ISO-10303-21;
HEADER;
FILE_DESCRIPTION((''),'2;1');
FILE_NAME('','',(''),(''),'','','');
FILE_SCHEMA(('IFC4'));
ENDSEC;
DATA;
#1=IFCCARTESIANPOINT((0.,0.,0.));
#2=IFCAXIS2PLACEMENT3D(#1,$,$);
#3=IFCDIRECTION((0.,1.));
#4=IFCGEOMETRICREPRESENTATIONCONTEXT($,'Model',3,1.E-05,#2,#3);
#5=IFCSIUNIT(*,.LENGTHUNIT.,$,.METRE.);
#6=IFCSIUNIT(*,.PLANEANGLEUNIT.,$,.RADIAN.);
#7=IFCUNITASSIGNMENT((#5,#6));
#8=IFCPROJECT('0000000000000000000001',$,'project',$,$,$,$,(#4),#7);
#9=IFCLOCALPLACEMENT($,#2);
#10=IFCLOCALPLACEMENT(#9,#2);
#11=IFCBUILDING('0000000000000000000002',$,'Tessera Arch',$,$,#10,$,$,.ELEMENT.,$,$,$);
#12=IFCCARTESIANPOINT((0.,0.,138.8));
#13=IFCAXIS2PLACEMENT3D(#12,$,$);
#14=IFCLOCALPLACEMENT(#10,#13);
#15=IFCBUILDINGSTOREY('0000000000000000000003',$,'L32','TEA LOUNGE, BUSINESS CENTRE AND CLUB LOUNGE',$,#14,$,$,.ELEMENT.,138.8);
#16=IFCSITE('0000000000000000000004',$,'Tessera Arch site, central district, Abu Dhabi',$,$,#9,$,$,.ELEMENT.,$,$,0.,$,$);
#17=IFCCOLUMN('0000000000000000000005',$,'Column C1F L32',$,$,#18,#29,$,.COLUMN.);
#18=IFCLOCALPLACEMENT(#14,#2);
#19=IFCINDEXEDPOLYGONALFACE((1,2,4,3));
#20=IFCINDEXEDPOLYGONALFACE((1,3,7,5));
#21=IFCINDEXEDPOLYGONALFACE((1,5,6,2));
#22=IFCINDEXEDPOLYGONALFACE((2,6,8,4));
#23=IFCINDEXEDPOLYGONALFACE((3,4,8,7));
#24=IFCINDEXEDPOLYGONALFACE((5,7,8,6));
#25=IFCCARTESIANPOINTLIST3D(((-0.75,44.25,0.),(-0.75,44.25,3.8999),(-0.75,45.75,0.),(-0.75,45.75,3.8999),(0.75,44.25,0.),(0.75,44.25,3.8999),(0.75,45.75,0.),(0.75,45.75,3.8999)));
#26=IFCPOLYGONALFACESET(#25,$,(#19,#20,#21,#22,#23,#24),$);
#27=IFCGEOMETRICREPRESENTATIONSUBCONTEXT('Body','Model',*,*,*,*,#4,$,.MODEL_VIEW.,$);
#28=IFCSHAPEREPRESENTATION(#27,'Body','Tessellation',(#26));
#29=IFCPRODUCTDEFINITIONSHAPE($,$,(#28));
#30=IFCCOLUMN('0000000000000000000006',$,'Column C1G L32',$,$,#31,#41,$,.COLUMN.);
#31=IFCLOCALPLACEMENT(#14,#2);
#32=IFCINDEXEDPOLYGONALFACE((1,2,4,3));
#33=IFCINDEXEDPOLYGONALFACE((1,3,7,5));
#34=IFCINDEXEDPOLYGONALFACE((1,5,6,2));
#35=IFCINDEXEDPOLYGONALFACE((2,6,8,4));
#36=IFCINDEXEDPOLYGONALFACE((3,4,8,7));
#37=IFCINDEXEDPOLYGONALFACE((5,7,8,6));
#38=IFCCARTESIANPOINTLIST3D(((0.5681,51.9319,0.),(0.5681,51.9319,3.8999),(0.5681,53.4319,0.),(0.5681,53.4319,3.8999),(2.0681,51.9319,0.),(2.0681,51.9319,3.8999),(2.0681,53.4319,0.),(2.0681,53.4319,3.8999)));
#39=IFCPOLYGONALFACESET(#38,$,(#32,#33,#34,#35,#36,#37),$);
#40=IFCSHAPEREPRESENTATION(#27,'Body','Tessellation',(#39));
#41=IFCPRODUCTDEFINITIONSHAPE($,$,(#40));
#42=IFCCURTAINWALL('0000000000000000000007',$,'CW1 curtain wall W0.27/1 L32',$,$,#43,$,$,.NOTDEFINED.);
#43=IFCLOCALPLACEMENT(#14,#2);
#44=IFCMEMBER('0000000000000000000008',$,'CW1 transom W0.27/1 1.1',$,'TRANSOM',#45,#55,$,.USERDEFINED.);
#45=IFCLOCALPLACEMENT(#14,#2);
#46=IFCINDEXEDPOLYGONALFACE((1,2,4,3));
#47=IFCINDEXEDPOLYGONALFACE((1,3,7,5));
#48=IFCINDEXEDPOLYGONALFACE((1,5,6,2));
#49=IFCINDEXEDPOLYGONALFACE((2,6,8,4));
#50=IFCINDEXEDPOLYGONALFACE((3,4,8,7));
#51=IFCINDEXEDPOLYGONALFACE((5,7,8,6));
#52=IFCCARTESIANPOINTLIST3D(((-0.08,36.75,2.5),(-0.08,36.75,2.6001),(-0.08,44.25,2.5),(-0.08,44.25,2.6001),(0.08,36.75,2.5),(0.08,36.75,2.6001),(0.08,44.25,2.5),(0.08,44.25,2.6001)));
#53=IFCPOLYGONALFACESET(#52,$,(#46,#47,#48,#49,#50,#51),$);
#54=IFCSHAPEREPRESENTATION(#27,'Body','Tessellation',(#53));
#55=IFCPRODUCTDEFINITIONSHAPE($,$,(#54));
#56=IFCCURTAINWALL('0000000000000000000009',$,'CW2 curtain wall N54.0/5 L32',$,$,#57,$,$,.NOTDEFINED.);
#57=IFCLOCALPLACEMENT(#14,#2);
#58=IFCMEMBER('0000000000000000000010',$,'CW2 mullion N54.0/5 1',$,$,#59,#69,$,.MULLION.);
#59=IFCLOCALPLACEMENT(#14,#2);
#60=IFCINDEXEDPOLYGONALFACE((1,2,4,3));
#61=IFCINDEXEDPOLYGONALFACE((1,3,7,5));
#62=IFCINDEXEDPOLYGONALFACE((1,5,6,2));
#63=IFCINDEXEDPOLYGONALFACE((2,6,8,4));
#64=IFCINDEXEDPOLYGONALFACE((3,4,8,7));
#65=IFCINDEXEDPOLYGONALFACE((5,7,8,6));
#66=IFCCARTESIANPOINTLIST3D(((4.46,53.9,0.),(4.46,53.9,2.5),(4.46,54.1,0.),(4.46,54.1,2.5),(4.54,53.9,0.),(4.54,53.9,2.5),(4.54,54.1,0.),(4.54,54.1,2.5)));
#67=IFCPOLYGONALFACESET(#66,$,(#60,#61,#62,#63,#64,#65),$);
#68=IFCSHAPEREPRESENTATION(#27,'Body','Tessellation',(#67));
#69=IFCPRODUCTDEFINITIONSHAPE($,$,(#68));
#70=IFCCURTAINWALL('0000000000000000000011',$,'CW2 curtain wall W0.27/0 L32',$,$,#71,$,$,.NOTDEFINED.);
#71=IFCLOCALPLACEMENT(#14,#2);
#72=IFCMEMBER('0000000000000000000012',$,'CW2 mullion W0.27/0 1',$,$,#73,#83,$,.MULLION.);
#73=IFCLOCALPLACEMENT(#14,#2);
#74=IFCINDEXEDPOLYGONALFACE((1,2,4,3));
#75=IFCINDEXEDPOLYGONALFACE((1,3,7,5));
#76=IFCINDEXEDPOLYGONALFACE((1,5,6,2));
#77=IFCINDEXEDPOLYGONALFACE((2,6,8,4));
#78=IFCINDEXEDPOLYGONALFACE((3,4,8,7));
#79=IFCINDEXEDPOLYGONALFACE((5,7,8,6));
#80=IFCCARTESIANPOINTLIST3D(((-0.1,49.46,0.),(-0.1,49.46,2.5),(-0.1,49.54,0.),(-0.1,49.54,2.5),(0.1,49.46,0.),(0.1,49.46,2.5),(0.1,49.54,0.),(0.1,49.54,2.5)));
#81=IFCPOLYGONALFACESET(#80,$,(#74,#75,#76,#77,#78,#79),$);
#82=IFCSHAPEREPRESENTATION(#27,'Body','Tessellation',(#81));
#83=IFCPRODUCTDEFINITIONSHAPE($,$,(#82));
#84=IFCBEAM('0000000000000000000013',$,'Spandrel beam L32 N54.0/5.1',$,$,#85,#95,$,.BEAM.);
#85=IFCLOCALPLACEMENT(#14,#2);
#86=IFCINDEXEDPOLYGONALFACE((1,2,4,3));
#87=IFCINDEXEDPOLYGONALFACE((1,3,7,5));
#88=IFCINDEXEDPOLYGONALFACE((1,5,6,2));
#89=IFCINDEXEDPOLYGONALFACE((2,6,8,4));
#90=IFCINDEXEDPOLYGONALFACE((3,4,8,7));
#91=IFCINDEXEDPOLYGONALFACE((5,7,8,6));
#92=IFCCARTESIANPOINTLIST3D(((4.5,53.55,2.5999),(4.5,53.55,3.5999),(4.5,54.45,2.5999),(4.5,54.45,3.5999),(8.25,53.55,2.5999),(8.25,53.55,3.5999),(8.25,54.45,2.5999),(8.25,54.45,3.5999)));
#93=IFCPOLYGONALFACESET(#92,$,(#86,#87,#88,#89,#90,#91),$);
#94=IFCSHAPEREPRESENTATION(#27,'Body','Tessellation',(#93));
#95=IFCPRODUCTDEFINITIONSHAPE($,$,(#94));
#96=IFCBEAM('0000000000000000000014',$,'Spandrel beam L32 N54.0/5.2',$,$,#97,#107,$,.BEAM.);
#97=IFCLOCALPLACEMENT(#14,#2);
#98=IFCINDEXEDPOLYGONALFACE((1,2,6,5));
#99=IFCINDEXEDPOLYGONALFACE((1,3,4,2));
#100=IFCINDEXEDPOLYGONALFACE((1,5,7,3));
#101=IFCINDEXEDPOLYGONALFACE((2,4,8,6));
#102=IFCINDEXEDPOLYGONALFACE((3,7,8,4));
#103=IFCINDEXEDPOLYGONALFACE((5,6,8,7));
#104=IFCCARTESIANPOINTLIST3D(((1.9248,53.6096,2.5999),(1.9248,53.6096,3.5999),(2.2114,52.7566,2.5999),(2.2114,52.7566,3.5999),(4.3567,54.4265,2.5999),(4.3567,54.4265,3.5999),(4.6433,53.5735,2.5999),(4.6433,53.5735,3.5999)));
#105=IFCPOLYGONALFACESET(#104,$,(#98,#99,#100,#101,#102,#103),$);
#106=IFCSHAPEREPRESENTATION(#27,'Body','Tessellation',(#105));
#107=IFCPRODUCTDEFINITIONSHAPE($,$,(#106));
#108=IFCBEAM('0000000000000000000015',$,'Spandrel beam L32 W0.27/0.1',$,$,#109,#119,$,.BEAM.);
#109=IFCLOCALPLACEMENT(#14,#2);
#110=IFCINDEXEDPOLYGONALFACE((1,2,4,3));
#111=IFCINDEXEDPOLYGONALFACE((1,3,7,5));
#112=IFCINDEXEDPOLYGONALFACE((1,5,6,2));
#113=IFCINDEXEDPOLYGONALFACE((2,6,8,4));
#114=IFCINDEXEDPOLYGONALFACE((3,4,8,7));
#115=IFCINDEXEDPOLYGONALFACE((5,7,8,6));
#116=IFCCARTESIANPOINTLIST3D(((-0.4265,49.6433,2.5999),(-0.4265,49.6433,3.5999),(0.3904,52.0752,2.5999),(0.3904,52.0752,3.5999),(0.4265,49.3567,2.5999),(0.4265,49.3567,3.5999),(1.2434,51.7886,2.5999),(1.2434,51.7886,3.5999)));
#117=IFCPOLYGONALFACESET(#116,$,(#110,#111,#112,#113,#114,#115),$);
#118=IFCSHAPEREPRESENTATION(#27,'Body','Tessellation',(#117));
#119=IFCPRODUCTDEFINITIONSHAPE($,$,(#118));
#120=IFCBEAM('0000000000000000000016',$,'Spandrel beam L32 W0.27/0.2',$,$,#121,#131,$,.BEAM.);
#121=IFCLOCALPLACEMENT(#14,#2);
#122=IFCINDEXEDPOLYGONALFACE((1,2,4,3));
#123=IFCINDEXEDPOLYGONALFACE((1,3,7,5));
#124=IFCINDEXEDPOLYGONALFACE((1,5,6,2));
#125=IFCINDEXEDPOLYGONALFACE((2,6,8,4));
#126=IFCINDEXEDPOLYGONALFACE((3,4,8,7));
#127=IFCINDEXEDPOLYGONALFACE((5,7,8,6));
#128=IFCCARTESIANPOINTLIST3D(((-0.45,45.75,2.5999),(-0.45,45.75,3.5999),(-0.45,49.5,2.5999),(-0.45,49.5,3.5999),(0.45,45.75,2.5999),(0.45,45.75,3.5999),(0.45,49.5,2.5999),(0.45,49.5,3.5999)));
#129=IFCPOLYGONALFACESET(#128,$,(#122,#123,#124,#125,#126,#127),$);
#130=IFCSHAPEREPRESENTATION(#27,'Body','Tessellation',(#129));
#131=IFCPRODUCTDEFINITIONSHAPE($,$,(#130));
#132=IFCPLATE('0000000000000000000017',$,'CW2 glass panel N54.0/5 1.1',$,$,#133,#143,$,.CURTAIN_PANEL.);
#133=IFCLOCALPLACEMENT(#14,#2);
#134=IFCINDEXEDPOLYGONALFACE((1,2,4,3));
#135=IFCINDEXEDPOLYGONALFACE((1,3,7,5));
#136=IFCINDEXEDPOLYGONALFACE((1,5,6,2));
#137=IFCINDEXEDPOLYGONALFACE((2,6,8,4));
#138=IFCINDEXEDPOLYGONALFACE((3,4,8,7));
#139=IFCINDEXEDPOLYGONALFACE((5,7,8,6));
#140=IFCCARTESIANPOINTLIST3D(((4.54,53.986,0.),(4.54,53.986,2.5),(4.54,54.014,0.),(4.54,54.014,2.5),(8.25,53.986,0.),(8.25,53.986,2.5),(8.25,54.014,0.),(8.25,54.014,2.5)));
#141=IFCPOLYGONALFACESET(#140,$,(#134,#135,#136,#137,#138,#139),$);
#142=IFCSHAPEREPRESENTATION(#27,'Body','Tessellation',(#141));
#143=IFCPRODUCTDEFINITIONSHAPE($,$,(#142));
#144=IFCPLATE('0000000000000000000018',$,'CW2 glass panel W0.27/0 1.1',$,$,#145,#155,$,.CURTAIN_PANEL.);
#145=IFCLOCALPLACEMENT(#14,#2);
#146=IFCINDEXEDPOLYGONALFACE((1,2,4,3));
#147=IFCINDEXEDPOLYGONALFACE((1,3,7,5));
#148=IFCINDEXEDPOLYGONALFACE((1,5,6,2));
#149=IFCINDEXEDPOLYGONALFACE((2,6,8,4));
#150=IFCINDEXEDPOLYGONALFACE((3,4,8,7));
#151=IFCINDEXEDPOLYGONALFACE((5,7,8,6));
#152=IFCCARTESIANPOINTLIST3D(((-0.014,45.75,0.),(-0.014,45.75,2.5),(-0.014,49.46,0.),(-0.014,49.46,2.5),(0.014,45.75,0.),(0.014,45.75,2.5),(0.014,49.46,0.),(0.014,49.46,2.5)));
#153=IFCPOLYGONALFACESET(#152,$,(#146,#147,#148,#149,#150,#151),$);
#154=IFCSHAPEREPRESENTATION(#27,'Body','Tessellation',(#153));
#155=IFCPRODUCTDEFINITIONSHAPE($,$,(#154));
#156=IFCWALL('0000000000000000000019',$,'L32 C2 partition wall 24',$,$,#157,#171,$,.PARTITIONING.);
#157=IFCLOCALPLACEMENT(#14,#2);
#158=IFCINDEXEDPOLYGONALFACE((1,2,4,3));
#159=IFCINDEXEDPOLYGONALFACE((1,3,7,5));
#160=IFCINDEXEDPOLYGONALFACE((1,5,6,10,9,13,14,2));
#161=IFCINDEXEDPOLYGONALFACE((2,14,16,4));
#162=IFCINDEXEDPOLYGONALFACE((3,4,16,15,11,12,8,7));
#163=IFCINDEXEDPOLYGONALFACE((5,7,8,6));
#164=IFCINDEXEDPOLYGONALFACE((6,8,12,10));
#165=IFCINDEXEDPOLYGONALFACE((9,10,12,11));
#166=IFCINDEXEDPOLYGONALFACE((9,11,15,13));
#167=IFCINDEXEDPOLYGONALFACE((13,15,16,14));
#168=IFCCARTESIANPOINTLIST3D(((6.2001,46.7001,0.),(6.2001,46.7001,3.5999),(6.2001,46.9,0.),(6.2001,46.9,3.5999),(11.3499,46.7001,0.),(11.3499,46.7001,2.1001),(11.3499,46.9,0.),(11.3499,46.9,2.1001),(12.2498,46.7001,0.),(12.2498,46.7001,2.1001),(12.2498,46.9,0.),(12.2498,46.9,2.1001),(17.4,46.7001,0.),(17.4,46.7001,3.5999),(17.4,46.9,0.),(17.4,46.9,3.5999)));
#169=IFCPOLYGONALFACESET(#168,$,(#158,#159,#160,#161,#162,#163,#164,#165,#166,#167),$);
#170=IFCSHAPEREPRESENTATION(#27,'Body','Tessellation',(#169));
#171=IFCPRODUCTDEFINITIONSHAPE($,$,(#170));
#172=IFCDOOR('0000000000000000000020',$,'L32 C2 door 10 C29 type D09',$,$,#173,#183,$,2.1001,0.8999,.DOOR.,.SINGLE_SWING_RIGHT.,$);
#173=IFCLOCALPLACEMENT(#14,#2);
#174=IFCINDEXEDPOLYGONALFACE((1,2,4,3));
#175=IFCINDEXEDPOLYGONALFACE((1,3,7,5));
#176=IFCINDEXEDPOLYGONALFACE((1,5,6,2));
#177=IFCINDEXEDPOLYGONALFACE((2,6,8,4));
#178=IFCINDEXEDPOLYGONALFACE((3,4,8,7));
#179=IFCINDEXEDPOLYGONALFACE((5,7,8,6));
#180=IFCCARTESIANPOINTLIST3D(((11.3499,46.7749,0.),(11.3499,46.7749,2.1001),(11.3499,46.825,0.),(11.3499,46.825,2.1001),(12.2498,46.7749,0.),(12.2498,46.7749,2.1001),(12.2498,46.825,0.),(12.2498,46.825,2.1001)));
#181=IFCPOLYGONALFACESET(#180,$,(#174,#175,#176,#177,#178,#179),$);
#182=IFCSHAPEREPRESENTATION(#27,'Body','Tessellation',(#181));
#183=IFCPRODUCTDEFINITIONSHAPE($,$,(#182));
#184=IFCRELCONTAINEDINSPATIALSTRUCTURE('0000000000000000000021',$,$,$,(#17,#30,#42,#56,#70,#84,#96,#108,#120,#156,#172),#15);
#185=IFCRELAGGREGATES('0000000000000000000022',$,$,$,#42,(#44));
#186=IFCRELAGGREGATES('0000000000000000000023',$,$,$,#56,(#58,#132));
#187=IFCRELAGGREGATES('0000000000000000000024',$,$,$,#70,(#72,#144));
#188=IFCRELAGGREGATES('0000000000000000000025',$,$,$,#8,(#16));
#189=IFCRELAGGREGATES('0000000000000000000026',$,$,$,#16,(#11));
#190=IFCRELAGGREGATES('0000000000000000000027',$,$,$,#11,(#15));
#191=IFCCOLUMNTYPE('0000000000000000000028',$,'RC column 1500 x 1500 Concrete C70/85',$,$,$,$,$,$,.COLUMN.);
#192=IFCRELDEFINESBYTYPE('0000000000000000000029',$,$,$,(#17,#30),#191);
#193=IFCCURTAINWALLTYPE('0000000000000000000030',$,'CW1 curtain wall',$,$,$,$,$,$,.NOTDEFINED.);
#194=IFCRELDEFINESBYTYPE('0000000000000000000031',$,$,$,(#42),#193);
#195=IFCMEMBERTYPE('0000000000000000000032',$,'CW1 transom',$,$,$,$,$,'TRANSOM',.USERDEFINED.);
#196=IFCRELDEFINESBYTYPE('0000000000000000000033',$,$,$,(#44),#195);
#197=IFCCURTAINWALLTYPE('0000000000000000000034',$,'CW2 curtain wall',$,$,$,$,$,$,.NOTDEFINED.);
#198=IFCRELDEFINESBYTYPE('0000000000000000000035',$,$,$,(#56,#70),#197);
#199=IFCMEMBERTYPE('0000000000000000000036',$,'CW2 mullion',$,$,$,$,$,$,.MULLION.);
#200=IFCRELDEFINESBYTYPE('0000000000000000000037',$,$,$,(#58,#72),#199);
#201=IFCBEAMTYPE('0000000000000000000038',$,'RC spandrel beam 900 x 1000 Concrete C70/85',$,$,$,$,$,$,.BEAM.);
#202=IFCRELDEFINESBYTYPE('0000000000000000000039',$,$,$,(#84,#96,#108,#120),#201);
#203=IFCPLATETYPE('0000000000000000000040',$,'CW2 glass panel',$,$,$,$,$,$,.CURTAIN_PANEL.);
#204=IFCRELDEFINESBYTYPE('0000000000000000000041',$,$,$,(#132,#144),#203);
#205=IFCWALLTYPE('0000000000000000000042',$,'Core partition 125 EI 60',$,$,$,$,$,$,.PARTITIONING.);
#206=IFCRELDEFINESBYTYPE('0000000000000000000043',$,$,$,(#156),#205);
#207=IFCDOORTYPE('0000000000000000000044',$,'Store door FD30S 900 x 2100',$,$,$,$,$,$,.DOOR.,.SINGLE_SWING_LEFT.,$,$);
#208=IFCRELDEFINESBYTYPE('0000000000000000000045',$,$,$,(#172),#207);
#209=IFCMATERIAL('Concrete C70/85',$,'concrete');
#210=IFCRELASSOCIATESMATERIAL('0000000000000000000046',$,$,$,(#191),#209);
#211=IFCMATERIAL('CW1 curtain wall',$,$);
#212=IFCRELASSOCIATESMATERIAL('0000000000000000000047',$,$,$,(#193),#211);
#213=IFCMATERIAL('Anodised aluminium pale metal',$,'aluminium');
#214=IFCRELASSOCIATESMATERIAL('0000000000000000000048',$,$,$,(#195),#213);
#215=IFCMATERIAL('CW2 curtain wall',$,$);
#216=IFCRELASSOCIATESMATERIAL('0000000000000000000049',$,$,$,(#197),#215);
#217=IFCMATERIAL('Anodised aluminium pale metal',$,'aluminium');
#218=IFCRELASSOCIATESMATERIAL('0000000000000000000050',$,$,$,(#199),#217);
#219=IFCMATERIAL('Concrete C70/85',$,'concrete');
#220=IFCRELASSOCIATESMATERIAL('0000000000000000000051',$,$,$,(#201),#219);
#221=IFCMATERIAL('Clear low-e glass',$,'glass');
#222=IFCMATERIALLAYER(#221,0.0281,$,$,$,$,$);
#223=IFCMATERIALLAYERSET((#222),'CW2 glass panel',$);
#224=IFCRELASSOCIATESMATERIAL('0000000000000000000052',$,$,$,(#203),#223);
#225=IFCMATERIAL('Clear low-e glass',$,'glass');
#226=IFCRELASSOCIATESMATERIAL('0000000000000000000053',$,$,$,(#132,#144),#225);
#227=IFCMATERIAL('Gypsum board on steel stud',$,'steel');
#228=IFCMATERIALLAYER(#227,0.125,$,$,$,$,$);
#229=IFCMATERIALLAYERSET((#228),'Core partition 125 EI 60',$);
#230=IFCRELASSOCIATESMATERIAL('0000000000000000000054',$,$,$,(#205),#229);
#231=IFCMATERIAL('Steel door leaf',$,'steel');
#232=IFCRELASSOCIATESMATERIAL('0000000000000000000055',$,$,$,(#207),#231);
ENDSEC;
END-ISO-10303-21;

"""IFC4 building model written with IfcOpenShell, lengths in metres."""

from ifc_helpers import new_model, si_unit, direction, frame, frame_2d, origin, origin_2d, place, context, subcontext, project, spatial, rectangle, extrude, material, layer, layer_set, material_profile, profile_set, type_object, element, fill, aggregate, save


model = new_model("IFC4")

# Units and contexts
model_context = context("Model", 3, precision=1e-05, world=origin(), true_north=direction((0.0, 1.0)))
body_context = subcontext(model_context, "Body", "Model", "MODEL_VIEW")
ifc_project = project(units=[si_unit("LENGTHUNIT", "METRE"), si_unit("PLANEANGLEUNIT", "RADIAN")], contexts=[model_context])

# Site, building, storey
site_placement = place(None, origin())
site = spatial("IfcSite", under=ifc_project, at=site_placement, Name="Tessera Arch site, central district, Abu Dhabi", CompositionType="ELEMENT", RefElevation=0.0)
building_placement = place(site_placement, origin())
building = spatial("IfcBuilding", under=site, at=building_placement, Name="Tessera Arch", CompositionType="ELEMENT")
storey_placement = place(building_placement, frame((0.0, 0.0, 138.8)))
storey = spatial("IfcBuildingStorey", under=building, at=storey_placement, Name="L32", Description="TEA LOUNGE, BUSINESS CENTRE AND CLUB LOUNGE", CompositionType="ELEMENT", Elevation=138.8)

# Columns
ifc_material_1 = material(Name="Concrete C70/85", Category="concrete")
ifc_material_profile_1 = material_profile(ifc_material_1, rectangle(XDim=1.5, YDim=1.5, at=origin_2d()), Name="RC column 1500 x 1500 Concrete C70/85")
ifc_profile_set_1 = profile_set([ifc_material_profile_1], Name="Concrete C70/85")
column_type = type_object("IfcColumnType", Name="RC column 1500 x 1500 Concrete C70/85", PredefinedType="COLUMN", material=ifc_profile_set_1)
for number, where, z_axis, x_axis, name in (
    (1, (0.0, 45.0, 0.0), (0.0, 0.0, 1.0), (1.0, 0.0, 0.0), "Column C1F L32"),
    (2, (1.3181, 52.6819, 0.0), (0.0, 0.0, 1.0), (1.0, 0.0, 0.0), "Column C1G L32"),
):
    element("IfcColumn", number, at=place(storey_placement, frame(where, z_axis=z_axis, x_axis=x_axis)), inside=storey, type_object=column_type, Name=name, PredefinedType="COLUMN", context=body_context, shape_type="SweptSolid", body=[
        extrude(rectangle(XDim=1.5, YDim=1.5, at=origin_2d()), origin(), (0.0, 0.0, 1.0), 3.8999),
    ])

# Curtain walls, members
ifc_material_2 = material(Name="CW1 curtain wall")
curtain_wall_type_1 = type_object("IfcCurtainWallType", Name="CW1 curtain wall", PredefinedType="NOTDEFINED", material=ifc_material_2)
curtain_wall_1_placement = place(storey_placement, origin())
curtain_wall_1 = element("IfcCurtainWall", 3, at=curtain_wall_1_placement, inside=storey, type_object=curtain_wall_type_1, Name="CW1 curtain wall W0.27/1 L32", PredefinedType="NOTDEFINED")
ifc_material_3 = material(Name="Anodised aluminium pale metal", Category="aluminium")
ifc_material_profile_2 = material_profile(ifc_material_3, rectangle(XDim=0.1599, YDim=0.1001, at=origin_2d()), Name="AL 160x100")
ifc_profile_set_2 = profile_set([ifc_material_profile_2], Name="Anodised aluminium pale metal")
member_type_1 = type_object("IfcMemberType", Name="CW1 transom", ElementType="TRANSOM", PredefinedType="USERDEFINED", material=ifc_profile_set_2)
member_1_placement = place(storey_placement, frame((0.0, 44.25, 2.55), z_axis=(0.0, -1.0, 0.0), x_axis=(1.0, 0.0, 0.0)))
member_1 = element("IfcMember", 4, at=member_1_placement, type_object=member_type_1, Name="CW1 transom W0.27/1 1.1", ObjectType="TRANSOM", PredefinedType="USERDEFINED", context=body_context, shape_type="SweptSolid", body=[
    extrude(rectangle(XDim=0.1599, YDim=0.1001, at=origin_2d()), origin(), (0.0, 0.0, 1.0), 7.5),
])
aggregate(curtain_wall_1, [member_1])
ifc_material_4 = material(Name="CW2 curtain wall")
curtain_wall_type_2 = type_object("IfcCurtainWallType", Name="CW2 curtain wall", PredefinedType="NOTDEFINED", material=ifc_material_4)
curtain_wall_2_placement = place(storey_placement, origin())
curtain_wall_2 = element("IfcCurtainWall", 5, at=curtain_wall_2_placement, inside=storey, type_object=curtain_wall_type_2, Name="CW2 curtain wall N54.0/5 L32", PredefinedType="NOTDEFINED")
ifc_material_5 = material(Name="Anodised aluminium pale metal", Category="aluminium")
ifc_material_profile_3 = material_profile(ifc_material_5, rectangle(XDim=0.2, YDim=0.0801, at=origin_2d()), Name="AL 80x200")
ifc_profile_set_3 = profile_set([ifc_material_profile_3], Name="Anodised aluminium pale metal")
member_type_2 = type_object("IfcMemberType", Name="CW2 mullion", PredefinedType="MULLION", material=ifc_profile_set_3)
member_2_placement = place(storey_placement, frame((4.5, 54.0, 0.0), z_axis=(0.0, 0.0, 1.0), x_axis=(0.0, -1.0, 0.0)))
member_2 = element("IfcMember", 6, at=member_2_placement, type_object=member_type_2, Name="CW2 mullion N54.0/5 1", PredefinedType="MULLION", context=body_context, shape_type="SweptSolid", body=[
    extrude(rectangle(XDim=0.2, YDim=0.0801, at=origin_2d()), origin(), (0.0, 0.0, 1.0), 2.5),
])
curtain_wall_3_placement = place(storey_placement, origin())
curtain_wall_3 = element("IfcCurtainWall", 7, at=curtain_wall_3_placement, inside=storey, type_object=curtain_wall_type_2, Name="CW2 curtain wall W0.27/0 L32", PredefinedType="NOTDEFINED")
member_3_placement = place(storey_placement, frame((0.0, 49.5, 0.0), z_axis=(0.0, 0.0, 1.0), x_axis=(1.0, 0.0, 0.0)))
member_3 = element("IfcMember", 8, at=member_3_placement, type_object=member_type_2, Name="CW2 mullion W0.27/0 1", PredefinedType="MULLION", context=body_context, shape_type="SweptSolid", body=[
    extrude(rectangle(XDim=0.2, YDim=0.0801, at=origin_2d()), origin(), (0.0, 0.0, 1.0), 2.5),
])

# Beams
ifc_material_6 = material(Name="Concrete C70/85", Category="concrete")
ifc_material_profile_4 = material_profile(ifc_material_6, rectangle(XDim=0.8999, YDim=1.0, at=origin_2d()), Name="RC spandrel beam 900 x 1000 Concrete C70/85")
ifc_profile_set_4 = profile_set([ifc_material_profile_4], Name="Concrete C70/85")
beam_type = type_object("IfcBeamType", Name="RC spandrel beam 900 x 1000 Concrete C70/85", PredefinedType="BEAM", material=ifc_profile_set_4)
beam_1_placement = place(storey_placement, frame((8.25, 54.0, 3.0999), z_axis=(-1.0, 0.0, 0.0), x_axis=(0.0, -1.0, 0.0)))
element("IfcBeam", 9, at=beam_1_placement, inside=storey, type_object=beam_type, Name="Spandrel beam L32 N54.0/5.1", PredefinedType="BEAM", context=body_context, shape_type="SweptSolid", body=[
    extrude(rectangle(XDim=0.8999, YDim=1.0, at=origin_2d()), origin(), (0.0, 0.0, 1.0), 3.75),
])
for number, where, z_axis, x_axis, name in (
    (10, (4.5, 54.0, 3.0999), (-0.947948, -0.318425, 0.0), (0.318425, -0.947948, 0.0), "Spandrel beam L32 N54.0/5.2"),
    (11, (0.8169, 51.9319, 3.0999), (-0.318425, -0.947948, 0.0), (0.947948, -0.318425, 0.0), "Spandrel beam L32 W0.27/0.1"),
):
    element("IfcBeam", number, at=place(storey_placement, frame(where, z_axis=z_axis, x_axis=x_axis)), inside=storey, type_object=beam_type, Name=name, PredefinedType="BEAM", context=body_context, shape_type="SweptSolid", body=[
        extrude(rectangle(XDim=0.8999, YDim=1.0, at=origin_2d()), origin(), (0.0, 0.0, 1.0), 2.5654),
    ])
beam_2_placement = place(storey_placement, frame((0.0, 49.5, 3.0999), z_axis=(0.0, -1.0, 0.0), x_axis=(1.0, 0.0, 0.0)))
element("IfcBeam", 12, at=beam_2_placement, inside=storey, type_object=beam_type, Name="Spandrel beam L32 W0.27/0.2", PredefinedType="BEAM", context=body_context, shape_type="SweptSolid", body=[
    extrude(rectangle(XDim=0.8999, YDim=1.0, at=origin_2d()), origin(), (0.0, 0.0, 1.0), 3.75),
])

# Plates
ifc_material_7 = material(Name="Clear low-e glass", Category="glass")
ifc_material_8 = material(Name="Clear low-e glass", Category="glass")
ifc_layer_1 = layer(ifc_material_8, 0.0281)
ifc_layer_set_1 = layer_set([ifc_layer_1], Name="CW2 glass panel")
plate_type = type_object("IfcPlateType", Name="CW2 glass panel", PredefinedType="CURTAIN_PANEL", material=ifc_layer_set_1)
plate_1_placement = place(storey_placement, frame((6.395, 54.0, 0.0), z_axis=(0.0, 0.0, 1.0), x_axis=(-1.0, 0.0, 0.0)))
plate_1 = element("IfcPlate", 13, at=plate_1_placement, type_object=plate_type, material=ifc_material_7, Name="CW2 glass panel N54.0/5 1.1", PredefinedType="CURTAIN_PANEL", context=body_context, shape_type="SweptSolid", body=[
    extrude(rectangle(XDim=3.71, YDim=0.0281, at=origin_2d()), origin(), (0.0, 0.0, 1.0), 2.5),
])
aggregate(curtain_wall_2, [member_2, plate_1])
plate_2_placement = place(storey_placement, frame((0.0, 47.605, 0.0), z_axis=(0.0, 0.0, 1.0), x_axis=(0.0, -1.0, 0.0)))
plate_2 = element("IfcPlate", 14, at=plate_2_placement, type_object=plate_type, material=ifc_material_7, Name="CW2 glass panel W0.27/0 1.1", PredefinedType="CURTAIN_PANEL", context=body_context, shape_type="SweptSolid", body=[
    extrude(rectangle(XDim=3.71, YDim=0.0281, at=origin_2d()), origin(), (0.0, 0.0, 1.0), 2.5),
])
aggregate(curtain_wall_3, [member_3, plate_2])

# Wall, opening, door
ifc_material_9 = material(Name="Gypsum board on steel stud", Category="steel")
ifc_layer_2 = layer(ifc_material_9, 0.125)
ifc_layer_set_2 = layer_set([ifc_layer_2], Name="Core partition 125 EI 60")
wall_type_1 = type_object("IfcWallType", Name="Core partition 125 EI 60", PredefinedType="PARTITIONING", material=ifc_layer_set_2)
wall_1_placement = place(storey_placement, frame((6.2, 46.8, 0.0), z_axis=(0.0, 0.0, 1.0), x_axis=(1.0, 0.0, 0.0)))
wall_1 = element("IfcWall", 15, at=wall_1_placement, inside=storey, type_object=wall_type_1, Name="L32 C2 partition wall 24", PredefinedType="PARTITIONING", context=body_context, shape_type="SweptSolid", body=[
    extrude(rectangle(XDim=11.2, YDim=0.2, at=frame_2d((5.6001, 0.0))), origin(), (0.0, 0.0, 1.0), 3.5999),
])
opening_1_placement = place(wall_1_placement, frame((5.1499, 0.0, 0.0)))
opening_1 = element("IfcOpeningElement", 16, at=opening_1_placement, cuts=wall_1, PredefinedType="OPENING", context=body_context, shape_type="SweptSolid", body=[
    extrude(rectangle(XDim=0.8999, YDim=2.1001, at=frame_2d((0.45, 1.05))), frame((0.0, 0.1099, 0.0), z_axis=(0.0, -1.0, 0.0), x_axis=(1.0, 0.0, 0.0)), (0.0, 0.0, 1.0), 0.22),
])
ifc_material_10 = material(Name="Steel door leaf", Category="steel")
door_type_1 = type_object("IfcDoorType", Name="Store door FD30S 900 x 2100", OperationType="SINGLE_SWING_LEFT", PredefinedType="DOOR", material=ifc_material_10)
door_1_placement = place(opening_1_placement, origin())
door_1 = element("IfcDoor", 17, at=door_1_placement, inside=storey, type_object=door_type_1, Name="L32 C2 door 10 C29 type D09", OperationType="SINGLE_SWING_RIGHT", OverallHeight=2.1001, OverallWidth=0.8999, PredefinedType="DOOR", context=body_context, shape_type="SweptSolid", body=[
    extrude(rectangle(XDim=0.8999, YDim=2.1001, at=frame_2d((0.45, 1.05))), frame((0.0, 0.0249, 0.0), z_axis=(0.0, -1.0, 0.0), x_axis=(1.0, 0.0, 0.0)), (0.0, 0.0, 1.0), 0.05),
])
fill(opening_1, door_1)

save(model, "model.ifc")
